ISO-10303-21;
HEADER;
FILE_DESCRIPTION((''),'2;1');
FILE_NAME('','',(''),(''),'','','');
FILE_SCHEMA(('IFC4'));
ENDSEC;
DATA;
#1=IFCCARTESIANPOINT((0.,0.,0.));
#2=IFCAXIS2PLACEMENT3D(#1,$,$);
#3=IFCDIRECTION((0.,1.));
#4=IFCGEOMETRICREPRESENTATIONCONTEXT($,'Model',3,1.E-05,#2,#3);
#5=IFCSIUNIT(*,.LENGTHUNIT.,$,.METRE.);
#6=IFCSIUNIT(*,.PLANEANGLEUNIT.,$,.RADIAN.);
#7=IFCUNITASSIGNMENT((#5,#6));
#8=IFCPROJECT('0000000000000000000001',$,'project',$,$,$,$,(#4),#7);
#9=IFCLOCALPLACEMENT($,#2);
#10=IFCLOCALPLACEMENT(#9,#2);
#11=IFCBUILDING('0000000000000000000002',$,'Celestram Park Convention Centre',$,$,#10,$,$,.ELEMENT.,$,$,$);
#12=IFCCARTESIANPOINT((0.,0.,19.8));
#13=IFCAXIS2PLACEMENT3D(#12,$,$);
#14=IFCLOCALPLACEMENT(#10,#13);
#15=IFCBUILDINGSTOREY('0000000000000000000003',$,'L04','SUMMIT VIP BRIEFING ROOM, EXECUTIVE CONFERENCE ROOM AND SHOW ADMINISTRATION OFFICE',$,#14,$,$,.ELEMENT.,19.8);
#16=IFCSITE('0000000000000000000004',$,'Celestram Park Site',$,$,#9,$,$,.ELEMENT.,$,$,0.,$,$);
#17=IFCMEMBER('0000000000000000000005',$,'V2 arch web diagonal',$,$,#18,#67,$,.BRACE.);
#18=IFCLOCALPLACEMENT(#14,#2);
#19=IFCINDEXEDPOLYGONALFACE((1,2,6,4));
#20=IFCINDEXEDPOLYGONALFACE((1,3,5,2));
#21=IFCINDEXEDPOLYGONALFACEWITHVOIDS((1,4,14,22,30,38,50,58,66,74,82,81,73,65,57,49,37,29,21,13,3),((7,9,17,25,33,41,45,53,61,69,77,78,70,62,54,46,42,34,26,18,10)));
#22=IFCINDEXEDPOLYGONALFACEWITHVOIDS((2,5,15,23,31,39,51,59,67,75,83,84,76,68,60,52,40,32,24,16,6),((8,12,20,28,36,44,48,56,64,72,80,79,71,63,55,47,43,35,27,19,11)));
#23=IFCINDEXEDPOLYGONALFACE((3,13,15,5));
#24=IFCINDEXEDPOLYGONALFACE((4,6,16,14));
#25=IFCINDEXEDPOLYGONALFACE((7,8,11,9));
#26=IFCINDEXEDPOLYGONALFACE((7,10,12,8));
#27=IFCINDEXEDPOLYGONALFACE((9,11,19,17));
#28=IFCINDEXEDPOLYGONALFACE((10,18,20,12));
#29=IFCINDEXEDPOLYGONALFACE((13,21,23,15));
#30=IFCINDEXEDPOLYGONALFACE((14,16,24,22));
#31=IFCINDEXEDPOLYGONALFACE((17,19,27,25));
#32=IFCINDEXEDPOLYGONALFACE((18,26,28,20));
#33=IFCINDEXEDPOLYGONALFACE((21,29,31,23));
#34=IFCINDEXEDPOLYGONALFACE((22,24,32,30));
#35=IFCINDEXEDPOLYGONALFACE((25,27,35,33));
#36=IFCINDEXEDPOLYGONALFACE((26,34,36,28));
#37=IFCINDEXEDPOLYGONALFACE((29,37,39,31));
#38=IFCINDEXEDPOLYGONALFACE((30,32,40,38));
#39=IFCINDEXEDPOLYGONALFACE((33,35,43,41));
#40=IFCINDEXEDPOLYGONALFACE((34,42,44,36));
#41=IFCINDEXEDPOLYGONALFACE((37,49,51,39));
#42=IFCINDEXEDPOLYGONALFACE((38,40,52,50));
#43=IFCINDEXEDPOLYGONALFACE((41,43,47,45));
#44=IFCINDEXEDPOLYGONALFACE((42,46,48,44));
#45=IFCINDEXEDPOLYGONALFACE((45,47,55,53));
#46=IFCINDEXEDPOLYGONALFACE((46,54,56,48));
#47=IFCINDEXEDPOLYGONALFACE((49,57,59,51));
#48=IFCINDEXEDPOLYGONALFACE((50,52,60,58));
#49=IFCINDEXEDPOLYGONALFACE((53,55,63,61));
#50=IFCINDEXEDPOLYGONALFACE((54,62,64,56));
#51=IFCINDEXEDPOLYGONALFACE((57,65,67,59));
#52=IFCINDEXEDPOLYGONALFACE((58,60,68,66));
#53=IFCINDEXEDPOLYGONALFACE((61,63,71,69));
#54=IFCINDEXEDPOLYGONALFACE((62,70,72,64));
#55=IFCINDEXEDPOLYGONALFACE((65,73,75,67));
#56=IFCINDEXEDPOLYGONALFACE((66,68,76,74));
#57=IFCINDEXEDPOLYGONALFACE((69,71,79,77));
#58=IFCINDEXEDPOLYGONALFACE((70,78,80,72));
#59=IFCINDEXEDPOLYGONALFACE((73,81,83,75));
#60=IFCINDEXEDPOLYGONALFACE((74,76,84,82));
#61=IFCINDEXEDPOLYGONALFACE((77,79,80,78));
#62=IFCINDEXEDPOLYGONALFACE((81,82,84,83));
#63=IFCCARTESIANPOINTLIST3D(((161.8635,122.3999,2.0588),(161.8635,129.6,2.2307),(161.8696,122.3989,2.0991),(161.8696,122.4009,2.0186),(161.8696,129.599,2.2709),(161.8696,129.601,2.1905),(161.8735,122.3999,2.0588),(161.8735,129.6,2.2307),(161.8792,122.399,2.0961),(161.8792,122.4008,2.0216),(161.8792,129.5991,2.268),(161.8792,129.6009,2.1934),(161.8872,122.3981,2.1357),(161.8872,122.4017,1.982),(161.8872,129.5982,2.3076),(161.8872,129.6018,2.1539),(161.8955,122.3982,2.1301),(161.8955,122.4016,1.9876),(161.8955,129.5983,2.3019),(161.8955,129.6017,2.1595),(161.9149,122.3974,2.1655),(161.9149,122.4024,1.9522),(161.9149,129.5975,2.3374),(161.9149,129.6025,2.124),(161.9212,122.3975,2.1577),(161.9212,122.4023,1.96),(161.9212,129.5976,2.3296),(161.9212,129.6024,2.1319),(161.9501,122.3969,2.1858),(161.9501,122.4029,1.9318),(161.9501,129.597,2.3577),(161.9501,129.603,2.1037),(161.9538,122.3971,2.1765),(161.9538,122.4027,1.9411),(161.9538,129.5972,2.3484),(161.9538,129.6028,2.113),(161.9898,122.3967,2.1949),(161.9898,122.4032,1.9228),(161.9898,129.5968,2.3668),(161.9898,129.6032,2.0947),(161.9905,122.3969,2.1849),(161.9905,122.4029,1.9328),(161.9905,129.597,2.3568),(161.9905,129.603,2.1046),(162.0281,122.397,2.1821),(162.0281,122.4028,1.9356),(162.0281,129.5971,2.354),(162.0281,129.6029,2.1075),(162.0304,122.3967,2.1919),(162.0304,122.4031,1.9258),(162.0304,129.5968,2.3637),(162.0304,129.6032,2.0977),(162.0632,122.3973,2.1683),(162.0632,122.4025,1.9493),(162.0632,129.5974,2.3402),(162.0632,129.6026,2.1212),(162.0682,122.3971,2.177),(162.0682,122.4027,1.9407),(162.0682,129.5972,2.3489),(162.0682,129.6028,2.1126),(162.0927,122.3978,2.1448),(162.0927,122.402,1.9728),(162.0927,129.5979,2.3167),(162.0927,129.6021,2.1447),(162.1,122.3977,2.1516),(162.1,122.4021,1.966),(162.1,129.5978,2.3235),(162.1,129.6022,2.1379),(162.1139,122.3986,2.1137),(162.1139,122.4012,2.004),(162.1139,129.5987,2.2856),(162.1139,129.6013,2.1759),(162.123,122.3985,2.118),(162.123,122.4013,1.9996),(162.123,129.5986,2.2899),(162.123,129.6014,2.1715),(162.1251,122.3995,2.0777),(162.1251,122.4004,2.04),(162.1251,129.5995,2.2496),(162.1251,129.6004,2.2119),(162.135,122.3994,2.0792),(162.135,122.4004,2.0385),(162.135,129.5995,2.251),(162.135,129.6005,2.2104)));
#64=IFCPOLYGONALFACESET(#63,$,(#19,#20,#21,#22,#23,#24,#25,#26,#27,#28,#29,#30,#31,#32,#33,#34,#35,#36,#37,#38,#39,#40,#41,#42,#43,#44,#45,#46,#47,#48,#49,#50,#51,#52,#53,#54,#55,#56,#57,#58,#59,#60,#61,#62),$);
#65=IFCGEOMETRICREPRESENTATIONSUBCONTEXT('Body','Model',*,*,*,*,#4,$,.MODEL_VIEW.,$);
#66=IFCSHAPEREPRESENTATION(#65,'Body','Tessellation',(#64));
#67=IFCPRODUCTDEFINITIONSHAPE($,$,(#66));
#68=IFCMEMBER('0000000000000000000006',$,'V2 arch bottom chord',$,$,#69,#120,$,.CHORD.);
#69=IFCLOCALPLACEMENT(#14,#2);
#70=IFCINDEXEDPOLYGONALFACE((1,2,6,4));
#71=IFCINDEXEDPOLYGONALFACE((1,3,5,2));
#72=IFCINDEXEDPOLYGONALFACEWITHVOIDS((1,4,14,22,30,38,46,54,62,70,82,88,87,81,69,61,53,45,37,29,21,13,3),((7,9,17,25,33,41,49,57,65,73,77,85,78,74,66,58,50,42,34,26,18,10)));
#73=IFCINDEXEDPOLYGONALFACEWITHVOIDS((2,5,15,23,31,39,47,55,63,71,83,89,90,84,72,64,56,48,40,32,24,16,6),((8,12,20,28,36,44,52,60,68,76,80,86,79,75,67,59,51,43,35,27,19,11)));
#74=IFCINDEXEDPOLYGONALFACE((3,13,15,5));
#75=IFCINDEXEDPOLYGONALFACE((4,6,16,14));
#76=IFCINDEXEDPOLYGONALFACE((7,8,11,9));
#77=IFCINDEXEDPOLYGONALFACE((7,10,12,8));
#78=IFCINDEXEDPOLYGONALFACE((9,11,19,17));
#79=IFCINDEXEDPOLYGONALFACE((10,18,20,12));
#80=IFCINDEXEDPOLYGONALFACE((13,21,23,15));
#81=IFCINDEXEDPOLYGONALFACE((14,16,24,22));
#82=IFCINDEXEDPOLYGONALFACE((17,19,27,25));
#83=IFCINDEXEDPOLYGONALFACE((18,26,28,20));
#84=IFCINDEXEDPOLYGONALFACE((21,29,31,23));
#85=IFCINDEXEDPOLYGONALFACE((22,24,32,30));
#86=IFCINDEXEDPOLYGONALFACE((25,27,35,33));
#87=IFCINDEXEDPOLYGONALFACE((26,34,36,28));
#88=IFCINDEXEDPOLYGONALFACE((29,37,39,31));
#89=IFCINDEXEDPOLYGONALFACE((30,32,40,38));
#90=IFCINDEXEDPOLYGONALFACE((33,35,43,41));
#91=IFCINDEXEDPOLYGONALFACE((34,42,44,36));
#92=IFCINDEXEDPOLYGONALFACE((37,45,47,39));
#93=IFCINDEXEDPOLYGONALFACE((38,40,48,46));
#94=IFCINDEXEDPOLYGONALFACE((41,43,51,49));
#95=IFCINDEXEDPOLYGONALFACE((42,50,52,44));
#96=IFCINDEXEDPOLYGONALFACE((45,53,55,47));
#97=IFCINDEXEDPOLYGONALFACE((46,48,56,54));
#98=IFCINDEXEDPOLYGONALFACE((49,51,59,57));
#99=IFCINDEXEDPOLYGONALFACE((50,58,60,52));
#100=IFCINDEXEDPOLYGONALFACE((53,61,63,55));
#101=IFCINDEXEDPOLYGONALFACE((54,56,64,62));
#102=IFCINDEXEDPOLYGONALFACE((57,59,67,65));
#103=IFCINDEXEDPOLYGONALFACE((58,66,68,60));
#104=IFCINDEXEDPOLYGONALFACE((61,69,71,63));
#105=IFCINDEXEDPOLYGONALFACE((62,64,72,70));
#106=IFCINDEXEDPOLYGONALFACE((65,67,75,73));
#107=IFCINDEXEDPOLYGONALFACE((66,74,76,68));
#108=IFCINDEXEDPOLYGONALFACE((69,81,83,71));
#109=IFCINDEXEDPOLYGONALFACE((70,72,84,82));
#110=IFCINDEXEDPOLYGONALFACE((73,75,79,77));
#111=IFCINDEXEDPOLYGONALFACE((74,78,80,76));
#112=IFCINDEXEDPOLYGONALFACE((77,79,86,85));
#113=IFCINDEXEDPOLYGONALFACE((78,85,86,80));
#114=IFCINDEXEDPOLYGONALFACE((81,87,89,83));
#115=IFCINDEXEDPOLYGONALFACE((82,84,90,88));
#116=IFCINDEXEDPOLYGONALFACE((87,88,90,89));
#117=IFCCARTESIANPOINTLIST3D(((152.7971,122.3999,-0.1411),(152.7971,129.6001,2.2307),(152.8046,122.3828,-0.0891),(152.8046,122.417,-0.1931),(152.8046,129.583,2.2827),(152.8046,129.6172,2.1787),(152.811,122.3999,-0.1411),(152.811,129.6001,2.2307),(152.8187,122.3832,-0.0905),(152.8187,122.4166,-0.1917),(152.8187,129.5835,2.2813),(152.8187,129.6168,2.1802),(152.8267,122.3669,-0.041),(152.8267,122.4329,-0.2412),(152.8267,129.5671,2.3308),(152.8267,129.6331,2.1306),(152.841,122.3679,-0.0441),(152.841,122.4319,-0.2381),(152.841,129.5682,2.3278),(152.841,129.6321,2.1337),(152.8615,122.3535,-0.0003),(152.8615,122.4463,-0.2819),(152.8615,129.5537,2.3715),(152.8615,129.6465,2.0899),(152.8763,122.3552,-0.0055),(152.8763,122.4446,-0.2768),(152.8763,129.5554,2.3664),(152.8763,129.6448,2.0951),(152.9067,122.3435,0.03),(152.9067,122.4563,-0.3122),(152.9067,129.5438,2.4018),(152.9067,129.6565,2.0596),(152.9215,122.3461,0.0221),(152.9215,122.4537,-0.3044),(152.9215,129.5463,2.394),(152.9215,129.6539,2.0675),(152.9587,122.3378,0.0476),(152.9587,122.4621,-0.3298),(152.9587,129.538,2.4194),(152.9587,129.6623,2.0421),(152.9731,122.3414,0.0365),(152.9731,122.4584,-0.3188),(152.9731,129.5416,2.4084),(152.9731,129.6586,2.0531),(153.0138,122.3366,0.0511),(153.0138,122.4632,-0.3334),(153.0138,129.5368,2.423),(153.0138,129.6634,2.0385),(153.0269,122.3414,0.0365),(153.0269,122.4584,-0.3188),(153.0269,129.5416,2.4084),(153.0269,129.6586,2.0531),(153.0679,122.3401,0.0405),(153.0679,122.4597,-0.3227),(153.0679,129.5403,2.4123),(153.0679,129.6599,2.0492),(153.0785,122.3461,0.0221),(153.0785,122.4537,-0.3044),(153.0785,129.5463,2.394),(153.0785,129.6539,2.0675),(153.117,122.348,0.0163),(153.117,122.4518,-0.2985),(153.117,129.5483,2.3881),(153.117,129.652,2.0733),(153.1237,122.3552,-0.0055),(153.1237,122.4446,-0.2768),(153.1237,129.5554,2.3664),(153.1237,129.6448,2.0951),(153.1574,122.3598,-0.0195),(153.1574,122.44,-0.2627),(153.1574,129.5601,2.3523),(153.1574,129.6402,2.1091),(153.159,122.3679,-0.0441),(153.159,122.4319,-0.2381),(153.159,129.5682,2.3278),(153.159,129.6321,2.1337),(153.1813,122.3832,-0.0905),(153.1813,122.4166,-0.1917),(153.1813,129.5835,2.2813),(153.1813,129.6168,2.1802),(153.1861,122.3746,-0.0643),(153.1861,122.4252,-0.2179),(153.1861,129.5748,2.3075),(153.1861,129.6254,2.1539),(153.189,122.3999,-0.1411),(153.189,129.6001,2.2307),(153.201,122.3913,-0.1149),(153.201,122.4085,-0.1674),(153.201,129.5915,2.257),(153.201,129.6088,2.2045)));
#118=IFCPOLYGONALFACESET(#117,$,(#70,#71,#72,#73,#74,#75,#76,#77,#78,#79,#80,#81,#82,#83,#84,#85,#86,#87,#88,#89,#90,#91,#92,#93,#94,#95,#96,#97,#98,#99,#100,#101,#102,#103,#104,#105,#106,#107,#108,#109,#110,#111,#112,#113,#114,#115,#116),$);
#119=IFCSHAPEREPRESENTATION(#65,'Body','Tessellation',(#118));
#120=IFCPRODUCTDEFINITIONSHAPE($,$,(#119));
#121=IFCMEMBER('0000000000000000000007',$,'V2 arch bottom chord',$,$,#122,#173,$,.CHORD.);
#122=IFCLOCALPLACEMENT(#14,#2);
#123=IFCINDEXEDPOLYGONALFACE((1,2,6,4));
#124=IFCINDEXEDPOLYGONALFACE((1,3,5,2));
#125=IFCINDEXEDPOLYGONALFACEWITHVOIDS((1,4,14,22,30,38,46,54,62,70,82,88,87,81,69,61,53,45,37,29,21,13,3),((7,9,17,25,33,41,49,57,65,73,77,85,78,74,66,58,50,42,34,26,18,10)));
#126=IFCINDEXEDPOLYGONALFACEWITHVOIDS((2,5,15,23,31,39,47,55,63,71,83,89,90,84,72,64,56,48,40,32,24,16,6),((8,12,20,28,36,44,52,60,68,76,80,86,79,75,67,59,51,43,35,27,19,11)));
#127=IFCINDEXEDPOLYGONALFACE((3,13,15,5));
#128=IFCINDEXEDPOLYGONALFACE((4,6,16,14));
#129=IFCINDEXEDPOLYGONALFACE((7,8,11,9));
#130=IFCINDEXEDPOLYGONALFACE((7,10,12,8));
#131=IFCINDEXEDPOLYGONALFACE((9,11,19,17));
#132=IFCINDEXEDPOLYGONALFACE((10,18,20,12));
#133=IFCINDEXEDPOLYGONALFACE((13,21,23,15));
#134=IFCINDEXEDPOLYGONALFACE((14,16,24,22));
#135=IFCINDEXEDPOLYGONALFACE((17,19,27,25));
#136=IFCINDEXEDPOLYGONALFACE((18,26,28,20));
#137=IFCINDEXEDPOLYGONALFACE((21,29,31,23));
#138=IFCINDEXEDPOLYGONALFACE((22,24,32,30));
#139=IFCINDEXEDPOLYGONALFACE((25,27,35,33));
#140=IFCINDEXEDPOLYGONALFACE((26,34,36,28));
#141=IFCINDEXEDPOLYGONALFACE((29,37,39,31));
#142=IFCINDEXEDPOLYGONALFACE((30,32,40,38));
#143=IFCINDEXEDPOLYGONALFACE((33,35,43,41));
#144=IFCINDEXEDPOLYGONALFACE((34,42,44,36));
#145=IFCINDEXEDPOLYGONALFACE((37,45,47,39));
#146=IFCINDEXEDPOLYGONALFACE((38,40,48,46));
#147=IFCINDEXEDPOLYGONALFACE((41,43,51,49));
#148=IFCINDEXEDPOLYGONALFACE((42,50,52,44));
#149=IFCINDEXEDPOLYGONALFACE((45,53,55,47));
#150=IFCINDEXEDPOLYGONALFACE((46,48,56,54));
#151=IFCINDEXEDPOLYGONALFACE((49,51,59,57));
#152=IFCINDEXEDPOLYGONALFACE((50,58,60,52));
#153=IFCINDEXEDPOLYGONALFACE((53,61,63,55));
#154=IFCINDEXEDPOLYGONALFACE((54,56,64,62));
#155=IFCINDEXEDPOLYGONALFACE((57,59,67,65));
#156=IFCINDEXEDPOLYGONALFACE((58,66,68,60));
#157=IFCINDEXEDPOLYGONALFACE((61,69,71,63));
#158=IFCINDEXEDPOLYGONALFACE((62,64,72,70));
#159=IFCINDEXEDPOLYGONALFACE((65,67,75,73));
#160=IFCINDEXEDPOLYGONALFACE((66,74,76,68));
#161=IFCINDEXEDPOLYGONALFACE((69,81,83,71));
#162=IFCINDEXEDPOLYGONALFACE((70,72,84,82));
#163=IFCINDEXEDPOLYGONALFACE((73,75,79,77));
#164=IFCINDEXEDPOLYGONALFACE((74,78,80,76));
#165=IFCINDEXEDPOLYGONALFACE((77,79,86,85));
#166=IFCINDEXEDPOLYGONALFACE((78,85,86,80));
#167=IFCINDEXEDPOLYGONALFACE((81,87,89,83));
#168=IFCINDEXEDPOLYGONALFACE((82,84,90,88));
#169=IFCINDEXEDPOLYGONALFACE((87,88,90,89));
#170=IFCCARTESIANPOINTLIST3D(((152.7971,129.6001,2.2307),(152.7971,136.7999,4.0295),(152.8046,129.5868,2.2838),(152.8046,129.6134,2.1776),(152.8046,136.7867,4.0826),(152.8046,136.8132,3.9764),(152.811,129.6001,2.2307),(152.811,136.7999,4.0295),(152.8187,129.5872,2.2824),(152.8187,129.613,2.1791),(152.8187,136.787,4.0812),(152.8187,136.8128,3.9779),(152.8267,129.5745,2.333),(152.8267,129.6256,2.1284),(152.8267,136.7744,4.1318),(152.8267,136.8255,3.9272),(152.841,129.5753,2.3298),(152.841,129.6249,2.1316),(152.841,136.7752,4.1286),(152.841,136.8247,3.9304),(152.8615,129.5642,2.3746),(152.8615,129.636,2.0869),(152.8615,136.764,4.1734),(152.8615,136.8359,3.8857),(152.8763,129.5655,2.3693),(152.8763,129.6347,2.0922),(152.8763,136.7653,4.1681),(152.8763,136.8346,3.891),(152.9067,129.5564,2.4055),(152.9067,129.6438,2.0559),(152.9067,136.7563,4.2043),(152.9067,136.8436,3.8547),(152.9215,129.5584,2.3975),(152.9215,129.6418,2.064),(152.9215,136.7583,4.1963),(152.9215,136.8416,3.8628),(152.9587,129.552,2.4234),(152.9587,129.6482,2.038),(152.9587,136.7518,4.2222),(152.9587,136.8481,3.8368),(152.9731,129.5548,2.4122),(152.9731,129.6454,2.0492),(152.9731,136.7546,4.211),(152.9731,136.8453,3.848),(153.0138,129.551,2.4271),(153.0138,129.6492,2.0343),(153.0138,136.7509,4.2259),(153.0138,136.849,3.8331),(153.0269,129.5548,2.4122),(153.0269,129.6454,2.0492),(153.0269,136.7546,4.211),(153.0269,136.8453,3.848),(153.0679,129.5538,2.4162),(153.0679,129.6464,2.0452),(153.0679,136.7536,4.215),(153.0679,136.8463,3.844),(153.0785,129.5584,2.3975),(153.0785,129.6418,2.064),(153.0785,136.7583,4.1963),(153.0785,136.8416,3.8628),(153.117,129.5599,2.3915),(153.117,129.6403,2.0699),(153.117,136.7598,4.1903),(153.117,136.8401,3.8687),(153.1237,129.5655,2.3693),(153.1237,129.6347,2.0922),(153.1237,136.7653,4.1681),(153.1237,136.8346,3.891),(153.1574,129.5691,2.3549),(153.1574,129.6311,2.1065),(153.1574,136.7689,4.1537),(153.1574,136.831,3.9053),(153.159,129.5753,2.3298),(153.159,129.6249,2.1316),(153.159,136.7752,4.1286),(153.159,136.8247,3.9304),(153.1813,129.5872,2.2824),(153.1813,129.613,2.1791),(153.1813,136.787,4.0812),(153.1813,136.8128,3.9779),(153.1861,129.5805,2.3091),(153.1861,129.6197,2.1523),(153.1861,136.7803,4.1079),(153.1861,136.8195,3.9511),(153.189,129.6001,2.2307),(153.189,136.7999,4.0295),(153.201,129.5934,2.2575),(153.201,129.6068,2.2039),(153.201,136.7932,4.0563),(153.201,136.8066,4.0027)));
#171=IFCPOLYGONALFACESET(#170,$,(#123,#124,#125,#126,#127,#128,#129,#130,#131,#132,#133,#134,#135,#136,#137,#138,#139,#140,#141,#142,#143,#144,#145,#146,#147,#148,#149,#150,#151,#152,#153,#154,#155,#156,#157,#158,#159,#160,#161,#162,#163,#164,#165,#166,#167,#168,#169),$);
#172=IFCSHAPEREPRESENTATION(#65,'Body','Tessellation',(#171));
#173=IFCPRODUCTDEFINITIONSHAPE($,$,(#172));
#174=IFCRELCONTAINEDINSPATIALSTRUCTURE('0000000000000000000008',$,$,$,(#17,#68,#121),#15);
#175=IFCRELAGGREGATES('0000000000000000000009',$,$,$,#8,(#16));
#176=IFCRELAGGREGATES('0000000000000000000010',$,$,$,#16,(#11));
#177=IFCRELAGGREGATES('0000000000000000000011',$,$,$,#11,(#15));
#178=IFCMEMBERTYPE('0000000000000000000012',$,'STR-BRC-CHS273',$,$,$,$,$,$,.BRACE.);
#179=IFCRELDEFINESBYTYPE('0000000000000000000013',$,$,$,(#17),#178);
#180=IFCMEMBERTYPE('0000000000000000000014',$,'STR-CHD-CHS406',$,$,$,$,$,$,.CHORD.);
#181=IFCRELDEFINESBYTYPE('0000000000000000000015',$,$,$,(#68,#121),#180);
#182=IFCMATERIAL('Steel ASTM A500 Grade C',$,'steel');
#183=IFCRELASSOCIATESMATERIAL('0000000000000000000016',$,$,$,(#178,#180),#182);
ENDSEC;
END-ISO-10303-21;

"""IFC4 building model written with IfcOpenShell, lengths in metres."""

from ifc_helpers import new_model, si_unit, direction, frame, origin, origin_2d, place, context, subcontext, project, spatial, hollow_circle, extrude, material, material_profile, profile_set, type_object, element, save


model = new_model("IFC4")

# Units and contexts
model_context = context("Model", 3, precision=1e-05, world=origin(), true_north=direction((0.0, 1.0)))
body_context = subcontext(model_context, "Body", "Model", "MODEL_VIEW")
ifc_project = project(units=[si_unit("LENGTHUNIT", "METRE"), si_unit("PLANEANGLEUNIT", "RADIAN")], contexts=[model_context])

# Site, building, storey
site_placement = place(None, origin())
site = spatial("IfcSite", under=ifc_project, at=site_placement, Name="Celestram Park Site", CompositionType="ELEMENT", RefElevation=0.0)
building_placement = place(site_placement, origin())
building = spatial("IfcBuilding", under=site, at=building_placement, Name="Celestram Park Convention Centre", CompositionType="ELEMENT")
storey_placement = place(building_placement, frame((0.0, 0.0, 19.8)))
storey = spatial("IfcBuildingStorey", under=building, at=storey_placement, Name="L04", Description="SUMMIT VIP BRIEFING ROOM, EXECUTIVE CONFERENCE ROOM AND SHOW ADMINISTRATION OFFICE", CompositionType="ELEMENT", Elevation=19.8)

# Members
ifc_material_1 = material(Name="Steel ASTM A500 Grade C", Category="steel")
ifc_material_profile_1 = material_profile(ifc_material_1, hollow_circle(Radius=0.1365, WallThickness=0.01, at=origin_2d()), Name="CHS273X10")
ifc_profile_set_1 = profile_set([ifc_material_profile_1], Name="Steel ASTM A500 Grade C")
member_type_1 = type_object("IfcMemberType", Name="STR-BRC-CHS273", PredefinedType="BRACE", material=ifc_profile_set_1)
member_1_placement = place(storey_placement, frame((162.0, 122.3999, 2.0588), z_axis=(0.0, 0.999715, 0.023864), x_axis=(-1.0, 0.0, 0.0)))
element("IfcMember", 1, at=member_1_placement, inside=storey, type_object=member_type_1, Name="V2 arch web diagonal", PredefinedType="BRACE", context=body_context, shape_type="SweptSolid", body=[
    extrude(hollow_circle(Radius=0.1365, WallThickness=0.01, at=origin_2d()), origin(), (0.0, 0.0, 1.0), 7.2021),
])
ifc_material_profile_2 = material_profile(ifc_material_1, hollow_circle(Radius=0.2029, WallThickness=0.0139, at=origin_2d()), Name="CHS406X14")
ifc_profile_set_2 = profile_set([ifc_material_profile_2], Name="Steel ASTM A500 Grade C")
member_type_2 = type_object("IfcMemberType", Name="STR-CHD-CHS406", PredefinedType="CHORD", material=ifc_profile_set_2)
member_2_placement = place(storey_placement, frame((153.0, 122.3999, -0.1411), z_axis=(0.0, 0.949795, 0.312873), x_axis=(-1.0, 0.0, 0.0)))
element("IfcMember", 2, at=member_2_placement, inside=storey, type_object=member_type_2, Name="V2 arch bottom chord", PredefinedType="CHORD", context=body_context, shape_type="SweptSolid", body=[
    extrude(hollow_circle(Radius=0.2029, WallThickness=0.0139, at=origin_2d()), origin(), (0.0, 0.0, 1.0), 7.5808),
])
member_3_placement = place(storey_placement, frame((153.0, 129.6001, 2.2307), z_axis=(0.0, 0.970179, 0.242389), x_axis=(-1.0, 0.0, 0.0)))
element("IfcMember", 3, at=member_3_placement, inside=storey, type_object=member_type_2, Name="V2 arch bottom chord", PredefinedType="CHORD", context=body_context, shape_type="SweptSolid", body=[
    extrude(hollow_circle(Radius=0.2029, WallThickness=0.0139, at=origin_2d()), origin(), (0.0, 0.0, 1.0), 7.4211),
])

save(model, "model.ifc")
